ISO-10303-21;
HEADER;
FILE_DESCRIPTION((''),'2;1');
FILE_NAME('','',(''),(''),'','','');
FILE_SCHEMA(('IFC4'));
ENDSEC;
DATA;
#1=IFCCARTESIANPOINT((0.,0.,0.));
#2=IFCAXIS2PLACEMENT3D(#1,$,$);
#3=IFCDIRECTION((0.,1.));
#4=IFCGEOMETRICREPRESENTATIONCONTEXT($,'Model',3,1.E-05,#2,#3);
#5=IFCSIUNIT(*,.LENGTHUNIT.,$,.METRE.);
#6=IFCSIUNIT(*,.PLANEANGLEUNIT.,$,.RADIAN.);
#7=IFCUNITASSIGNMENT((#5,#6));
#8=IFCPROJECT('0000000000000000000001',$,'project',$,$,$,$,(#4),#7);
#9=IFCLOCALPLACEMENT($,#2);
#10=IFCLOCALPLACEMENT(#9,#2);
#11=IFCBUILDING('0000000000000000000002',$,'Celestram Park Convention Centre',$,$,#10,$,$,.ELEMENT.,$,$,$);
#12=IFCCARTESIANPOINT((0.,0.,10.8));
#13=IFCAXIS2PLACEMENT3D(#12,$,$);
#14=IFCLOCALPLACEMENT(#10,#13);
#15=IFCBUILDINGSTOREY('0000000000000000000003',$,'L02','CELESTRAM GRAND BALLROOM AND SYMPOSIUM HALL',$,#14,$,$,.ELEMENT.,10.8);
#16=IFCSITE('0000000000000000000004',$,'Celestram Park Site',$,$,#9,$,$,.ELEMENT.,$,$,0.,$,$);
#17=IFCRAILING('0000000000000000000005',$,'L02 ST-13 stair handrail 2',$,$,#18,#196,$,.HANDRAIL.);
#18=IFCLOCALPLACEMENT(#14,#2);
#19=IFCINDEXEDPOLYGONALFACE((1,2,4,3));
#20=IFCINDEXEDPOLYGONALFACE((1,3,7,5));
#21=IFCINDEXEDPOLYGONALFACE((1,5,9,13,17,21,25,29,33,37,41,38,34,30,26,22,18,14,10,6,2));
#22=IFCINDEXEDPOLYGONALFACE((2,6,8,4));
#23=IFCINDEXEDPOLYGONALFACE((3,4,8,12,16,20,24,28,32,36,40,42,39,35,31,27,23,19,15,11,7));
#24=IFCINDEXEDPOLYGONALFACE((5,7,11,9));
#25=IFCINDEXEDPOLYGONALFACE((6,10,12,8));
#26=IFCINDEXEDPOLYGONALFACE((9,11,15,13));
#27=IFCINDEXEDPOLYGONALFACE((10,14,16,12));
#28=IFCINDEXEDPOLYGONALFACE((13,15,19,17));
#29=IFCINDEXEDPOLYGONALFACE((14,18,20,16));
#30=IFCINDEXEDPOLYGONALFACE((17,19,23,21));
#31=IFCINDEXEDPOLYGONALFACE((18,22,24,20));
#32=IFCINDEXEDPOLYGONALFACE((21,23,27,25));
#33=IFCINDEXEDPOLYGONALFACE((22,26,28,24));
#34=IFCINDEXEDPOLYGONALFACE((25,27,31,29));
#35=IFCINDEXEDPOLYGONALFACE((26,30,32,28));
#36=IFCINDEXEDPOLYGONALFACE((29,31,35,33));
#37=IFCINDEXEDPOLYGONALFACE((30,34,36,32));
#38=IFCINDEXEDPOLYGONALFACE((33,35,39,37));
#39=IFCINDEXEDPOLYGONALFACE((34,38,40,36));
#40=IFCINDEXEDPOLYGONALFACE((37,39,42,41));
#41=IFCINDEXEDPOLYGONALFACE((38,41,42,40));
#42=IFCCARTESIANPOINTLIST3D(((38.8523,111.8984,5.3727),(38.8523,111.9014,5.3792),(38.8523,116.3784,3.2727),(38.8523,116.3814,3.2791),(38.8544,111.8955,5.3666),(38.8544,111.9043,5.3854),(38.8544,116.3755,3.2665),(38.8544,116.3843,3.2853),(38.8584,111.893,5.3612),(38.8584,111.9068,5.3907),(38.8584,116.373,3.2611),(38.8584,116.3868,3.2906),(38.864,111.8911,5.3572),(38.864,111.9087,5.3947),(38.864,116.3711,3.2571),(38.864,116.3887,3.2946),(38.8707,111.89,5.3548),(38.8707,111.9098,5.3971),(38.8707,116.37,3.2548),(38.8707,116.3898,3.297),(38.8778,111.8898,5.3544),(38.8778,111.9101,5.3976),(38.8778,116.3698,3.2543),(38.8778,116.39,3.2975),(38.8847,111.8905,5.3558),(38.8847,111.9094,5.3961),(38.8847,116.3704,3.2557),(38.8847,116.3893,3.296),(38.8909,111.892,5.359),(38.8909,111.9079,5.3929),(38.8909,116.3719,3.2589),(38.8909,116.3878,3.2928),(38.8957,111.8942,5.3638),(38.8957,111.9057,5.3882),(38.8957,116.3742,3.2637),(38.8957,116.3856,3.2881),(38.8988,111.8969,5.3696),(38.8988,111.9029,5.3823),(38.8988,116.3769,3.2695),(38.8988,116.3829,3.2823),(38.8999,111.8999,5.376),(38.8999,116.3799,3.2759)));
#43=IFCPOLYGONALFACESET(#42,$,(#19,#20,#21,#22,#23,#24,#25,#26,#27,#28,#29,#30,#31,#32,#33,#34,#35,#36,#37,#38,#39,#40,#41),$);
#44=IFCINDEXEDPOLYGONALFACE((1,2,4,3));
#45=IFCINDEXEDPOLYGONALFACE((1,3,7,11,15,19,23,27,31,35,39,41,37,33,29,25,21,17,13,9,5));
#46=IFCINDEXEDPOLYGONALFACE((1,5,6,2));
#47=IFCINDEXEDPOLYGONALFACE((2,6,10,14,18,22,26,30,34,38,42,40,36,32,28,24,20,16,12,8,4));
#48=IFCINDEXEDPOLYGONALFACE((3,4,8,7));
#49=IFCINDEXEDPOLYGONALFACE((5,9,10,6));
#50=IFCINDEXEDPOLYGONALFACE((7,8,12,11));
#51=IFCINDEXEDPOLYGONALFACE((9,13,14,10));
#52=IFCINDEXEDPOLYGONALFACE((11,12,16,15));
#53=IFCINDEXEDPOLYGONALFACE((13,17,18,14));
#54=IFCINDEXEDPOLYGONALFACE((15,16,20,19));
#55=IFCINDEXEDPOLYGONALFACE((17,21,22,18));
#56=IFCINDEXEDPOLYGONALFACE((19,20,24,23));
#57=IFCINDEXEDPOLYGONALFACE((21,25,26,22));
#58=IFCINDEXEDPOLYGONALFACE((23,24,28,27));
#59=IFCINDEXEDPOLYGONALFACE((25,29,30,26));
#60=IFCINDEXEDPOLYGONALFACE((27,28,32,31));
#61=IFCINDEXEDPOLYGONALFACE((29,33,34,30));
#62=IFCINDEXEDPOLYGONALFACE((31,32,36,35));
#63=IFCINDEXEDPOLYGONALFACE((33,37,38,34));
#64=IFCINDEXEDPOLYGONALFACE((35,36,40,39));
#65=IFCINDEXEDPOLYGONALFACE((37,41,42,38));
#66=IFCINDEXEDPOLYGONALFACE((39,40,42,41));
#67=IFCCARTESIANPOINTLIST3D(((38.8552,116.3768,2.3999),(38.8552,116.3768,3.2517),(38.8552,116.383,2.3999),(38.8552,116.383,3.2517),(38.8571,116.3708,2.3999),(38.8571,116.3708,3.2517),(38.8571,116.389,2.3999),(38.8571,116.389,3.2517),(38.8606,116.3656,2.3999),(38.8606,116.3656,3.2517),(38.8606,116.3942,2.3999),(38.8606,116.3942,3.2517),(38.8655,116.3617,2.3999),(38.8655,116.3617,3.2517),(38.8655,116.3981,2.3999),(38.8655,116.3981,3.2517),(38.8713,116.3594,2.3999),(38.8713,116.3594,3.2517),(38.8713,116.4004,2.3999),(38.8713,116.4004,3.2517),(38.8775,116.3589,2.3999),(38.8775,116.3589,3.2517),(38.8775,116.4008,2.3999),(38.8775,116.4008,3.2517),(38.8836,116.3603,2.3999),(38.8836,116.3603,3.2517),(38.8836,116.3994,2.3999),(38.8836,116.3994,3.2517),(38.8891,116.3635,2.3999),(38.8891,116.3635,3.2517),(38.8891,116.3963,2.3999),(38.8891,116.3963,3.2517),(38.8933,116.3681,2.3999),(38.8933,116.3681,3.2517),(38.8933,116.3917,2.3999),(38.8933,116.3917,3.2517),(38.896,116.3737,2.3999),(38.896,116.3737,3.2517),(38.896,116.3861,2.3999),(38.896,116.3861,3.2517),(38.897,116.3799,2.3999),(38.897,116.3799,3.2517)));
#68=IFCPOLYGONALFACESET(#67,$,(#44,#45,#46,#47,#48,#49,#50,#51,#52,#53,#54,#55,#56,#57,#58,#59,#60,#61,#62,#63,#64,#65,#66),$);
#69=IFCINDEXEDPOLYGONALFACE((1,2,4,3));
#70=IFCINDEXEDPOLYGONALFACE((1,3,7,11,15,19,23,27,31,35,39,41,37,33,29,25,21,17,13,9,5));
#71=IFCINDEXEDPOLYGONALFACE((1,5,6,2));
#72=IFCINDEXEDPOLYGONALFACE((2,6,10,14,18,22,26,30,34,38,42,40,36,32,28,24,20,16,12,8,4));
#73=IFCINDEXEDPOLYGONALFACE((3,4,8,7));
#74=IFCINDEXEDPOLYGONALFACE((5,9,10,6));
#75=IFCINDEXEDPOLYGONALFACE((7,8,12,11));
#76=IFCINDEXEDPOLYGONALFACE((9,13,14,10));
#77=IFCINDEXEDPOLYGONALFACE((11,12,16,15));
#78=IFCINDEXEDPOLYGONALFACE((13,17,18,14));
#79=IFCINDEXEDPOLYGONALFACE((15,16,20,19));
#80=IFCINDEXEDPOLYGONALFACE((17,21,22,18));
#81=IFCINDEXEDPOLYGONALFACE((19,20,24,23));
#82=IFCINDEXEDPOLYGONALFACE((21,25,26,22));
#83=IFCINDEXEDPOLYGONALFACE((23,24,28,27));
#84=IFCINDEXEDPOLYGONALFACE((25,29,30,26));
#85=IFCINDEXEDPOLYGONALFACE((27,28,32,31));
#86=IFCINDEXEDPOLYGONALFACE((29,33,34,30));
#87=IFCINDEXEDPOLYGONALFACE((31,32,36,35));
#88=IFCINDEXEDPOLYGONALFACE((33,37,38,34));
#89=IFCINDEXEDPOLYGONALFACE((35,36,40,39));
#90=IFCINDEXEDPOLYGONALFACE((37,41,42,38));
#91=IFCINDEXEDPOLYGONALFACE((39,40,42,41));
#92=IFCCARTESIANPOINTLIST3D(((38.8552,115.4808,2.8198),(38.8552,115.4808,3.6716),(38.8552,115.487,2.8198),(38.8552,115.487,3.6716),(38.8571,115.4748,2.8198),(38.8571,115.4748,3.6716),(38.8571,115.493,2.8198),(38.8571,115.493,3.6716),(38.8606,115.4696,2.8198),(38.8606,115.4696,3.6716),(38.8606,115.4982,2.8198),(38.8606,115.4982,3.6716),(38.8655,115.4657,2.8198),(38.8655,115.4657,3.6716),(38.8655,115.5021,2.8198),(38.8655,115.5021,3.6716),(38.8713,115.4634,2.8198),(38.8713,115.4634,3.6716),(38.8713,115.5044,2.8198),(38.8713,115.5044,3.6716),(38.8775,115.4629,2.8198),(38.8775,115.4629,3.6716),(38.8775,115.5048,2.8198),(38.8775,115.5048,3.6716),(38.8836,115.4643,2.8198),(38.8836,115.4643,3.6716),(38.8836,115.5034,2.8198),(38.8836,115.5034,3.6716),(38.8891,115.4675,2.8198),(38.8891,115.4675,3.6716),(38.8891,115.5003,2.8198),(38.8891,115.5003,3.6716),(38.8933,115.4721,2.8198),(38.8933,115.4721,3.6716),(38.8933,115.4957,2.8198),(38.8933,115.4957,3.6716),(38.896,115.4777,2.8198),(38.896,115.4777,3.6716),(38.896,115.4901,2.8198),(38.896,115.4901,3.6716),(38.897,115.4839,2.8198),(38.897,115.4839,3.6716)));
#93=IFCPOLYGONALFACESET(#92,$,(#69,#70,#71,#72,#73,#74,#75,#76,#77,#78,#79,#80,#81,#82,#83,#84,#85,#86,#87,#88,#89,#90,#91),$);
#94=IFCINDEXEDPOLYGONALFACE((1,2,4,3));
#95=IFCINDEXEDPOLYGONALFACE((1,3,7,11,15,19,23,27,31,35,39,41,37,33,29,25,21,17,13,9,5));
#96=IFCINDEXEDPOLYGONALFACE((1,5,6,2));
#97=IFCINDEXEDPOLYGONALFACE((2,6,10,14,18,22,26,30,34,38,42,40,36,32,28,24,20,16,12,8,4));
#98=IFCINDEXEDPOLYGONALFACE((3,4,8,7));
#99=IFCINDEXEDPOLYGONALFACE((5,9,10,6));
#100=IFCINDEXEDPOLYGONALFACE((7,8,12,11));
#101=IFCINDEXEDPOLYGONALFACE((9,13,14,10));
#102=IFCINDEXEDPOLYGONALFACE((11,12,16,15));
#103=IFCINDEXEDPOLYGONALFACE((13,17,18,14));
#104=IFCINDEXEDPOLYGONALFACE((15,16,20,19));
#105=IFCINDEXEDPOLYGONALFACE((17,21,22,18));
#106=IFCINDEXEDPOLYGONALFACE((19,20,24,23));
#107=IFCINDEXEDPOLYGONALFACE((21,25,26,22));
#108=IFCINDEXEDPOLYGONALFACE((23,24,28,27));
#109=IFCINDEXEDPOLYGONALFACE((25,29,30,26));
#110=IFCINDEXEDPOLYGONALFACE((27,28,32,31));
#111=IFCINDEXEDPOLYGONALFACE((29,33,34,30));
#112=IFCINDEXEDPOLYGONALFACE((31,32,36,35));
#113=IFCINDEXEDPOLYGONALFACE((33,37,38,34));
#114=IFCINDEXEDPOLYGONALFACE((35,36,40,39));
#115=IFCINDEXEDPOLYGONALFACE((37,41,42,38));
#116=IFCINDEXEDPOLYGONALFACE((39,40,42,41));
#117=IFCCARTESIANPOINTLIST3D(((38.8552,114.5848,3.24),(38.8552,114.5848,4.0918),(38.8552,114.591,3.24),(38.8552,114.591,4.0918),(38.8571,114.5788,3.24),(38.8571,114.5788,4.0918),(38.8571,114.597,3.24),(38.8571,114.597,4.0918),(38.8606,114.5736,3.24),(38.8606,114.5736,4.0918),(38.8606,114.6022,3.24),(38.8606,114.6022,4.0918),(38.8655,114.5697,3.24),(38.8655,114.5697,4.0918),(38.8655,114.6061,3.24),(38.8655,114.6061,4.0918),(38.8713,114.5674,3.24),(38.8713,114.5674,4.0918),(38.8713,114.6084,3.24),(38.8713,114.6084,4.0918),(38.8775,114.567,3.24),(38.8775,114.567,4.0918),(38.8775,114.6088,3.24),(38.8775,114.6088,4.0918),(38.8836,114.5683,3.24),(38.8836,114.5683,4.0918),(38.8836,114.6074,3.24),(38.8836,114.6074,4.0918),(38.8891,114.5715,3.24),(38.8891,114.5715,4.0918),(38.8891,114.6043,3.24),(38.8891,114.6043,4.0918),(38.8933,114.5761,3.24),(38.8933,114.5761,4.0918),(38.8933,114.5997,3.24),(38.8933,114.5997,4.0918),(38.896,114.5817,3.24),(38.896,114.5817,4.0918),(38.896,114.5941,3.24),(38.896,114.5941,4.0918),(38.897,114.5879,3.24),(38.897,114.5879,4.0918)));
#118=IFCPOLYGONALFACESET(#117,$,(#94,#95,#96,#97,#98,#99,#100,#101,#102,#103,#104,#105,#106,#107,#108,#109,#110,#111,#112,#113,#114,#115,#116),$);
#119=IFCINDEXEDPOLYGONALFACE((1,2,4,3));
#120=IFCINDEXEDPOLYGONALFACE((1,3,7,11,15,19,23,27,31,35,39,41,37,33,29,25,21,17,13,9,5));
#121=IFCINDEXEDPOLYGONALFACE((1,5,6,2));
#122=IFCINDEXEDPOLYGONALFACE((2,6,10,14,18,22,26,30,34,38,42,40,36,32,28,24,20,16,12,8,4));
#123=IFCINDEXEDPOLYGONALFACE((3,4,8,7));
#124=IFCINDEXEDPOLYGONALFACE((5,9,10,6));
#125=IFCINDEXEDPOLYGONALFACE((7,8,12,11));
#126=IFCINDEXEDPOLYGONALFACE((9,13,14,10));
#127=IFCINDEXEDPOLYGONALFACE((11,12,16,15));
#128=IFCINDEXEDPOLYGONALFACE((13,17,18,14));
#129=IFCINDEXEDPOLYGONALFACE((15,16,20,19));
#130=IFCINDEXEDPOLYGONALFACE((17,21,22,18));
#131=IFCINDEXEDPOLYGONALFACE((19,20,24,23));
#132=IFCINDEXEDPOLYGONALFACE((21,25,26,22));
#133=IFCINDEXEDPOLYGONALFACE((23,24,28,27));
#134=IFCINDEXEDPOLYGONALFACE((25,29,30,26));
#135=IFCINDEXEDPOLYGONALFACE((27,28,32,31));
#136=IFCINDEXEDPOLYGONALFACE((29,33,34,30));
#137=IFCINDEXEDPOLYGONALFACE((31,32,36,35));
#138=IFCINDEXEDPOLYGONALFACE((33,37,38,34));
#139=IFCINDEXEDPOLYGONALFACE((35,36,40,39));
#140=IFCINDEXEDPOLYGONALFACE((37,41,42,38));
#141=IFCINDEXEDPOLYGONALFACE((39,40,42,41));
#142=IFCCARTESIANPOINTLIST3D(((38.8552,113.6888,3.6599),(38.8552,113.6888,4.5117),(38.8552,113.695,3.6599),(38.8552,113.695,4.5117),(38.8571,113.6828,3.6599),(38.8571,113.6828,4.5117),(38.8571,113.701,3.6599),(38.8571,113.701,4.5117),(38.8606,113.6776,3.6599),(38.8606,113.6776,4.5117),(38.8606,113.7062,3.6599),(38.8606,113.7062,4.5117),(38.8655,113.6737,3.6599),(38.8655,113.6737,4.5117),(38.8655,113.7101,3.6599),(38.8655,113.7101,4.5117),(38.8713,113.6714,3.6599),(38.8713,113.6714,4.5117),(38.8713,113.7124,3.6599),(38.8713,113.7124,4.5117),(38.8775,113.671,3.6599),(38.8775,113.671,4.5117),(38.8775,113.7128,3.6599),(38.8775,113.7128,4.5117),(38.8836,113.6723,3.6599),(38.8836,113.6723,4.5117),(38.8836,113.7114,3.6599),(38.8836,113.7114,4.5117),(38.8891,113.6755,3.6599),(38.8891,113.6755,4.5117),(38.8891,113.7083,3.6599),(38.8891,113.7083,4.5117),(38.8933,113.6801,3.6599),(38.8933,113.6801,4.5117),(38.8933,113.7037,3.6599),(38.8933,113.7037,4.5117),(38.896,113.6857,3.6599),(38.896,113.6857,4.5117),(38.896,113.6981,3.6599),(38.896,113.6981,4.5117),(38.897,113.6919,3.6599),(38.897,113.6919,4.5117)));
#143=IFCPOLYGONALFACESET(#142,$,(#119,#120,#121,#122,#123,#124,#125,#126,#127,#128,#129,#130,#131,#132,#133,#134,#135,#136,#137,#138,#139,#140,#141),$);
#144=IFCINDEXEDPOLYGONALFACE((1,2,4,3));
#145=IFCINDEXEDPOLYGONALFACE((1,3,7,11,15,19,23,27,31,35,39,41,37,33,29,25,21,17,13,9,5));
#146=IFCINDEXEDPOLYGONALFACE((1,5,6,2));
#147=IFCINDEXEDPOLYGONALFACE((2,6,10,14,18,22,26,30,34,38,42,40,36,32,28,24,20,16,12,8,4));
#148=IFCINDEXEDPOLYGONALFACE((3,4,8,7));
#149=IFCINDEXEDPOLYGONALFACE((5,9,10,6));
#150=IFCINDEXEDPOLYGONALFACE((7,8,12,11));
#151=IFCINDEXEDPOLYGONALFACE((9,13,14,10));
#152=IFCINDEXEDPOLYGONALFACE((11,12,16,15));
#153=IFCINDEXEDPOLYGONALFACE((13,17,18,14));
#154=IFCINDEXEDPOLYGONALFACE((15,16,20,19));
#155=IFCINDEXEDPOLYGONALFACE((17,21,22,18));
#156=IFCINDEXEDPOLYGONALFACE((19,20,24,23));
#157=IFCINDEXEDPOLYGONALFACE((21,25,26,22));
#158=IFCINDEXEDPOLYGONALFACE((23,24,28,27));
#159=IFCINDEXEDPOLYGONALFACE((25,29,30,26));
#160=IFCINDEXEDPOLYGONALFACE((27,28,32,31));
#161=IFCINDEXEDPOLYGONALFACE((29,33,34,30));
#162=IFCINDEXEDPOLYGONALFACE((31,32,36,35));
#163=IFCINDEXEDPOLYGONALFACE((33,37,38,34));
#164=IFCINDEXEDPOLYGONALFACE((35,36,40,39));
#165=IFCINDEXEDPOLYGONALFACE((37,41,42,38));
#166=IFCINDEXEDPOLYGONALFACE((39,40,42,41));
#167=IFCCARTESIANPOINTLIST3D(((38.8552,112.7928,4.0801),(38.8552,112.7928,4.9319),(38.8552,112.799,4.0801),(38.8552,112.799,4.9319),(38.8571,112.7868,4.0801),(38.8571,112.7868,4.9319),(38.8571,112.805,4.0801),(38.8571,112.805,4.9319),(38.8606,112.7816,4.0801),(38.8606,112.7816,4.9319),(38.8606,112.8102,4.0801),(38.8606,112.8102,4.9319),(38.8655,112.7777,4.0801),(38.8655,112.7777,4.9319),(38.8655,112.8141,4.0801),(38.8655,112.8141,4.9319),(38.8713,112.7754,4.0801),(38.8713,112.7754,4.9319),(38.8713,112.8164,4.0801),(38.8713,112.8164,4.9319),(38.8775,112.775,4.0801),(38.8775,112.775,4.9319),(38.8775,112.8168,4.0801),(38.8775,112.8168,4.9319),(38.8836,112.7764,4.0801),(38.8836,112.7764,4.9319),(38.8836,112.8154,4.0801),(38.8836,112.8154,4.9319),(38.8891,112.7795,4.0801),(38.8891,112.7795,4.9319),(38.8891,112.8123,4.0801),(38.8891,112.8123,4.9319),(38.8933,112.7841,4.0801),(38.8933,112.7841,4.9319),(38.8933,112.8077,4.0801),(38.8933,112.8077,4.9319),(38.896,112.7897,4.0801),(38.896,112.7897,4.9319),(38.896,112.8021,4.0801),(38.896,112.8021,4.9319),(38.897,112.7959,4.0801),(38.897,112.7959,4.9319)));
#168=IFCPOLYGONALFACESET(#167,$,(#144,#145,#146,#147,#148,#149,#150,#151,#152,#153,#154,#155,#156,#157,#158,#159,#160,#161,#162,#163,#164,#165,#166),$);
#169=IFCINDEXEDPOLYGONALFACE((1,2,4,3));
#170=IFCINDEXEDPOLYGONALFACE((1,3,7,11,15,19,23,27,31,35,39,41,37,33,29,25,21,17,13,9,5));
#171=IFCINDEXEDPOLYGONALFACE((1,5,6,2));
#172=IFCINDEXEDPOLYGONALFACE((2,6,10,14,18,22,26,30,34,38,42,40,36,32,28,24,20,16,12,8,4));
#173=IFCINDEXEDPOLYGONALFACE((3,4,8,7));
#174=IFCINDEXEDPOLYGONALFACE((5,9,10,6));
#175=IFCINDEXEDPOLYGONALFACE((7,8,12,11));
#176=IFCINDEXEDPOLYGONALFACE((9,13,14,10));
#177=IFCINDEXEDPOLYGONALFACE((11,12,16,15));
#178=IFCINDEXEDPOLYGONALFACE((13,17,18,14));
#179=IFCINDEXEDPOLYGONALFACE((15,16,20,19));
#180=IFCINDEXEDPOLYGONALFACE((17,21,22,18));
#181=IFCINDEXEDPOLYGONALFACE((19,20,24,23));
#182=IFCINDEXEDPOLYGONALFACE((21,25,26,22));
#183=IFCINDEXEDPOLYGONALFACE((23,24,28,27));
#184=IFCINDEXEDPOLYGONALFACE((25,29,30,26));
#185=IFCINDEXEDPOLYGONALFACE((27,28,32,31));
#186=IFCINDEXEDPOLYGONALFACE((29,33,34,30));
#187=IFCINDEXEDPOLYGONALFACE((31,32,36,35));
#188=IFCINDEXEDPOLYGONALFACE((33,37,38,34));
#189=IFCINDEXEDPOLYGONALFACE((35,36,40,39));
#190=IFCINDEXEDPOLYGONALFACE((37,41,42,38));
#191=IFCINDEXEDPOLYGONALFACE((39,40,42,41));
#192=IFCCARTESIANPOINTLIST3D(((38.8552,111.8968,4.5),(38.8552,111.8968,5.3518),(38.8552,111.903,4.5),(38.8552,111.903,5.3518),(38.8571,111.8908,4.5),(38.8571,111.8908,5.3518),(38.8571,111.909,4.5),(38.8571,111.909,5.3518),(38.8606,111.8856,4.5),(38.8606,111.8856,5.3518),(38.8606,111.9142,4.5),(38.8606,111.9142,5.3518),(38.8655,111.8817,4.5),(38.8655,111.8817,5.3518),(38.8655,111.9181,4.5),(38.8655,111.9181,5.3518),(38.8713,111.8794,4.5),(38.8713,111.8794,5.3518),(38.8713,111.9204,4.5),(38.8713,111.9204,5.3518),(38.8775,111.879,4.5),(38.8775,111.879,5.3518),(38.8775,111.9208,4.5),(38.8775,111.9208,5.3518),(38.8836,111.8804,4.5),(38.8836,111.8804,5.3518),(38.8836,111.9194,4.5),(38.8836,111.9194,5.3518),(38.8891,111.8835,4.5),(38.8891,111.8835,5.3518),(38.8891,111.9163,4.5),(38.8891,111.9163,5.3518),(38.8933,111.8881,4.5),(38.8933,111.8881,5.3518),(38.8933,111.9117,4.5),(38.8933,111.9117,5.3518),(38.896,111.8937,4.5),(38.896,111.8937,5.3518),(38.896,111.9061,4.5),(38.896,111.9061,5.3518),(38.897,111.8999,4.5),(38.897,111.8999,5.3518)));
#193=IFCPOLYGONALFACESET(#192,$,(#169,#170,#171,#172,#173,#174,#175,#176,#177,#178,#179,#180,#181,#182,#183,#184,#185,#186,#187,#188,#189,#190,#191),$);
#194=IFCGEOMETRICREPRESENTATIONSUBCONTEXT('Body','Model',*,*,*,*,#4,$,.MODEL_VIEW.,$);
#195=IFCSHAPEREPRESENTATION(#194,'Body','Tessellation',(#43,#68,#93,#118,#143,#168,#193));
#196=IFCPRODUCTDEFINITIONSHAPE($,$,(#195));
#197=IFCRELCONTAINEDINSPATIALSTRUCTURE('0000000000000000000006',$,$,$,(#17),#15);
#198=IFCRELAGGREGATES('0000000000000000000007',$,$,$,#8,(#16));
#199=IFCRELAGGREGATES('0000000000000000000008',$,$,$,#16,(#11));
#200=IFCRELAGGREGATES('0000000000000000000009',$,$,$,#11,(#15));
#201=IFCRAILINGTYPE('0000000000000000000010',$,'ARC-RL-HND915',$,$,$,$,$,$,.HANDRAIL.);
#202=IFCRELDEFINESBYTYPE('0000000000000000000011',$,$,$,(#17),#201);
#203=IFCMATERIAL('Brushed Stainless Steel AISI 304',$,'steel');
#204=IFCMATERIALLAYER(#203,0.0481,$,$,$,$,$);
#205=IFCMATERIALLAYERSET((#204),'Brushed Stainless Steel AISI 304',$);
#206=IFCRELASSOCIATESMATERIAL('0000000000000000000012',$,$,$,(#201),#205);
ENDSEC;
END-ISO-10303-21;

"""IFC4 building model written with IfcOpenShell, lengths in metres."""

from ifc_helpers import new_model, si_unit, direction, frame, origin, origin_2d, place, context, subcontext, project, spatial, circle, extrude, material, layer, layer_set, type_object, element, save


model = new_model("IFC4")

# Units and contexts
model_context = context("Model", 3, precision=1e-05, world=origin(), true_north=direction((0.0, 1.0)))
body_context = subcontext(model_context, "Body", "Model", "MODEL_VIEW")
ifc_project = project(units=[si_unit("LENGTHUNIT", "METRE"), si_unit("PLANEANGLEUNIT", "RADIAN")], contexts=[model_context])

# Site, building, storey
site_placement = place(None, origin())
site = spatial("IfcSite", under=ifc_project, at=site_placement, Name="Celestram Park Site", CompositionType="ELEMENT", RefElevation=0.0)
building_placement = place(site_placement, origin())
building = spatial("IfcBuilding", under=site, at=building_placement, Name="Celestram Park Convention Centre", CompositionType="ELEMENT")
storey_placement = place(building_placement, frame((0.0, 0.0, 10.8)))
storey = spatial("IfcBuildingStorey", under=building, at=storey_placement, Name="L02", Description="CELESTRAM GRAND BALLROOM AND SYMPOSIUM HALL", CompositionType="ELEMENT", Elevation=10.8)

# Railing
ifc_material_1 = material(Name="Brushed Stainless Steel AISI 304", Category="steel")
ifc_layer_1 = layer(ifc_material_1, 0.0481)
ifc_layer_set_1 = layer_set([ifc_layer_1], Name="Brushed Stainless Steel AISI 304")
railing_type_1 = type_object("IfcRailingType", Name="ARC-RL-HND915", PredefinedType="HANDRAIL", material=ifc_layer_set_1)
railing_1_placement = place(storey_placement, frame((38.876, 116.3799, 2.3999)))
element("IfcRailing", 1, at=railing_1_placement, inside=storey, type_object=railing_type_1, Name="L02 ST-13 stair handrail 2", PredefinedType="HANDRAIL", context=body_context, shape_type="SweptSolid", body=[
    extrude(circle(Radius=0.0239, at=origin_2d()), frame((0.0, 0.0, 0.876), z_axis=(0.0, -0.905451, 0.424452), x_axis=(1.0, 0.0, 0.0)), (0.0, 0.0, 1.0), 4.9478),
    extrude(circle(Radius=0.021, at=origin_2d()), origin(), (0.0, 0.0, 1.0), 0.8518),
    extrude(circle(Radius=0.021, at=origin_2d()), frame((0.0, -0.896, 0.4199)), (0.0, 0.0, 1.0), 0.8518),
    extrude(circle(Radius=0.021, at=origin_2d()), frame((0.0, -1.792, 0.8401)), (0.0, 0.0, 1.0), 0.8518),
    extrude(circle(Radius=0.021, at=origin_2d()), frame((0.0, -2.688, 1.26)), (0.0, 0.0, 1.0), 0.8518),
    extrude(circle(Radius=0.021, at=origin_2d()), frame((0.0, -3.584, 1.6802)), (0.0, 0.0, 1.0), 0.8518),
    extrude(circle(Radius=0.021, at=origin_2d()), frame((0.0, -4.48, 2.1001)), (0.0, 0.0, 1.0), 0.8518),
])

save(model, "model.ifc")
